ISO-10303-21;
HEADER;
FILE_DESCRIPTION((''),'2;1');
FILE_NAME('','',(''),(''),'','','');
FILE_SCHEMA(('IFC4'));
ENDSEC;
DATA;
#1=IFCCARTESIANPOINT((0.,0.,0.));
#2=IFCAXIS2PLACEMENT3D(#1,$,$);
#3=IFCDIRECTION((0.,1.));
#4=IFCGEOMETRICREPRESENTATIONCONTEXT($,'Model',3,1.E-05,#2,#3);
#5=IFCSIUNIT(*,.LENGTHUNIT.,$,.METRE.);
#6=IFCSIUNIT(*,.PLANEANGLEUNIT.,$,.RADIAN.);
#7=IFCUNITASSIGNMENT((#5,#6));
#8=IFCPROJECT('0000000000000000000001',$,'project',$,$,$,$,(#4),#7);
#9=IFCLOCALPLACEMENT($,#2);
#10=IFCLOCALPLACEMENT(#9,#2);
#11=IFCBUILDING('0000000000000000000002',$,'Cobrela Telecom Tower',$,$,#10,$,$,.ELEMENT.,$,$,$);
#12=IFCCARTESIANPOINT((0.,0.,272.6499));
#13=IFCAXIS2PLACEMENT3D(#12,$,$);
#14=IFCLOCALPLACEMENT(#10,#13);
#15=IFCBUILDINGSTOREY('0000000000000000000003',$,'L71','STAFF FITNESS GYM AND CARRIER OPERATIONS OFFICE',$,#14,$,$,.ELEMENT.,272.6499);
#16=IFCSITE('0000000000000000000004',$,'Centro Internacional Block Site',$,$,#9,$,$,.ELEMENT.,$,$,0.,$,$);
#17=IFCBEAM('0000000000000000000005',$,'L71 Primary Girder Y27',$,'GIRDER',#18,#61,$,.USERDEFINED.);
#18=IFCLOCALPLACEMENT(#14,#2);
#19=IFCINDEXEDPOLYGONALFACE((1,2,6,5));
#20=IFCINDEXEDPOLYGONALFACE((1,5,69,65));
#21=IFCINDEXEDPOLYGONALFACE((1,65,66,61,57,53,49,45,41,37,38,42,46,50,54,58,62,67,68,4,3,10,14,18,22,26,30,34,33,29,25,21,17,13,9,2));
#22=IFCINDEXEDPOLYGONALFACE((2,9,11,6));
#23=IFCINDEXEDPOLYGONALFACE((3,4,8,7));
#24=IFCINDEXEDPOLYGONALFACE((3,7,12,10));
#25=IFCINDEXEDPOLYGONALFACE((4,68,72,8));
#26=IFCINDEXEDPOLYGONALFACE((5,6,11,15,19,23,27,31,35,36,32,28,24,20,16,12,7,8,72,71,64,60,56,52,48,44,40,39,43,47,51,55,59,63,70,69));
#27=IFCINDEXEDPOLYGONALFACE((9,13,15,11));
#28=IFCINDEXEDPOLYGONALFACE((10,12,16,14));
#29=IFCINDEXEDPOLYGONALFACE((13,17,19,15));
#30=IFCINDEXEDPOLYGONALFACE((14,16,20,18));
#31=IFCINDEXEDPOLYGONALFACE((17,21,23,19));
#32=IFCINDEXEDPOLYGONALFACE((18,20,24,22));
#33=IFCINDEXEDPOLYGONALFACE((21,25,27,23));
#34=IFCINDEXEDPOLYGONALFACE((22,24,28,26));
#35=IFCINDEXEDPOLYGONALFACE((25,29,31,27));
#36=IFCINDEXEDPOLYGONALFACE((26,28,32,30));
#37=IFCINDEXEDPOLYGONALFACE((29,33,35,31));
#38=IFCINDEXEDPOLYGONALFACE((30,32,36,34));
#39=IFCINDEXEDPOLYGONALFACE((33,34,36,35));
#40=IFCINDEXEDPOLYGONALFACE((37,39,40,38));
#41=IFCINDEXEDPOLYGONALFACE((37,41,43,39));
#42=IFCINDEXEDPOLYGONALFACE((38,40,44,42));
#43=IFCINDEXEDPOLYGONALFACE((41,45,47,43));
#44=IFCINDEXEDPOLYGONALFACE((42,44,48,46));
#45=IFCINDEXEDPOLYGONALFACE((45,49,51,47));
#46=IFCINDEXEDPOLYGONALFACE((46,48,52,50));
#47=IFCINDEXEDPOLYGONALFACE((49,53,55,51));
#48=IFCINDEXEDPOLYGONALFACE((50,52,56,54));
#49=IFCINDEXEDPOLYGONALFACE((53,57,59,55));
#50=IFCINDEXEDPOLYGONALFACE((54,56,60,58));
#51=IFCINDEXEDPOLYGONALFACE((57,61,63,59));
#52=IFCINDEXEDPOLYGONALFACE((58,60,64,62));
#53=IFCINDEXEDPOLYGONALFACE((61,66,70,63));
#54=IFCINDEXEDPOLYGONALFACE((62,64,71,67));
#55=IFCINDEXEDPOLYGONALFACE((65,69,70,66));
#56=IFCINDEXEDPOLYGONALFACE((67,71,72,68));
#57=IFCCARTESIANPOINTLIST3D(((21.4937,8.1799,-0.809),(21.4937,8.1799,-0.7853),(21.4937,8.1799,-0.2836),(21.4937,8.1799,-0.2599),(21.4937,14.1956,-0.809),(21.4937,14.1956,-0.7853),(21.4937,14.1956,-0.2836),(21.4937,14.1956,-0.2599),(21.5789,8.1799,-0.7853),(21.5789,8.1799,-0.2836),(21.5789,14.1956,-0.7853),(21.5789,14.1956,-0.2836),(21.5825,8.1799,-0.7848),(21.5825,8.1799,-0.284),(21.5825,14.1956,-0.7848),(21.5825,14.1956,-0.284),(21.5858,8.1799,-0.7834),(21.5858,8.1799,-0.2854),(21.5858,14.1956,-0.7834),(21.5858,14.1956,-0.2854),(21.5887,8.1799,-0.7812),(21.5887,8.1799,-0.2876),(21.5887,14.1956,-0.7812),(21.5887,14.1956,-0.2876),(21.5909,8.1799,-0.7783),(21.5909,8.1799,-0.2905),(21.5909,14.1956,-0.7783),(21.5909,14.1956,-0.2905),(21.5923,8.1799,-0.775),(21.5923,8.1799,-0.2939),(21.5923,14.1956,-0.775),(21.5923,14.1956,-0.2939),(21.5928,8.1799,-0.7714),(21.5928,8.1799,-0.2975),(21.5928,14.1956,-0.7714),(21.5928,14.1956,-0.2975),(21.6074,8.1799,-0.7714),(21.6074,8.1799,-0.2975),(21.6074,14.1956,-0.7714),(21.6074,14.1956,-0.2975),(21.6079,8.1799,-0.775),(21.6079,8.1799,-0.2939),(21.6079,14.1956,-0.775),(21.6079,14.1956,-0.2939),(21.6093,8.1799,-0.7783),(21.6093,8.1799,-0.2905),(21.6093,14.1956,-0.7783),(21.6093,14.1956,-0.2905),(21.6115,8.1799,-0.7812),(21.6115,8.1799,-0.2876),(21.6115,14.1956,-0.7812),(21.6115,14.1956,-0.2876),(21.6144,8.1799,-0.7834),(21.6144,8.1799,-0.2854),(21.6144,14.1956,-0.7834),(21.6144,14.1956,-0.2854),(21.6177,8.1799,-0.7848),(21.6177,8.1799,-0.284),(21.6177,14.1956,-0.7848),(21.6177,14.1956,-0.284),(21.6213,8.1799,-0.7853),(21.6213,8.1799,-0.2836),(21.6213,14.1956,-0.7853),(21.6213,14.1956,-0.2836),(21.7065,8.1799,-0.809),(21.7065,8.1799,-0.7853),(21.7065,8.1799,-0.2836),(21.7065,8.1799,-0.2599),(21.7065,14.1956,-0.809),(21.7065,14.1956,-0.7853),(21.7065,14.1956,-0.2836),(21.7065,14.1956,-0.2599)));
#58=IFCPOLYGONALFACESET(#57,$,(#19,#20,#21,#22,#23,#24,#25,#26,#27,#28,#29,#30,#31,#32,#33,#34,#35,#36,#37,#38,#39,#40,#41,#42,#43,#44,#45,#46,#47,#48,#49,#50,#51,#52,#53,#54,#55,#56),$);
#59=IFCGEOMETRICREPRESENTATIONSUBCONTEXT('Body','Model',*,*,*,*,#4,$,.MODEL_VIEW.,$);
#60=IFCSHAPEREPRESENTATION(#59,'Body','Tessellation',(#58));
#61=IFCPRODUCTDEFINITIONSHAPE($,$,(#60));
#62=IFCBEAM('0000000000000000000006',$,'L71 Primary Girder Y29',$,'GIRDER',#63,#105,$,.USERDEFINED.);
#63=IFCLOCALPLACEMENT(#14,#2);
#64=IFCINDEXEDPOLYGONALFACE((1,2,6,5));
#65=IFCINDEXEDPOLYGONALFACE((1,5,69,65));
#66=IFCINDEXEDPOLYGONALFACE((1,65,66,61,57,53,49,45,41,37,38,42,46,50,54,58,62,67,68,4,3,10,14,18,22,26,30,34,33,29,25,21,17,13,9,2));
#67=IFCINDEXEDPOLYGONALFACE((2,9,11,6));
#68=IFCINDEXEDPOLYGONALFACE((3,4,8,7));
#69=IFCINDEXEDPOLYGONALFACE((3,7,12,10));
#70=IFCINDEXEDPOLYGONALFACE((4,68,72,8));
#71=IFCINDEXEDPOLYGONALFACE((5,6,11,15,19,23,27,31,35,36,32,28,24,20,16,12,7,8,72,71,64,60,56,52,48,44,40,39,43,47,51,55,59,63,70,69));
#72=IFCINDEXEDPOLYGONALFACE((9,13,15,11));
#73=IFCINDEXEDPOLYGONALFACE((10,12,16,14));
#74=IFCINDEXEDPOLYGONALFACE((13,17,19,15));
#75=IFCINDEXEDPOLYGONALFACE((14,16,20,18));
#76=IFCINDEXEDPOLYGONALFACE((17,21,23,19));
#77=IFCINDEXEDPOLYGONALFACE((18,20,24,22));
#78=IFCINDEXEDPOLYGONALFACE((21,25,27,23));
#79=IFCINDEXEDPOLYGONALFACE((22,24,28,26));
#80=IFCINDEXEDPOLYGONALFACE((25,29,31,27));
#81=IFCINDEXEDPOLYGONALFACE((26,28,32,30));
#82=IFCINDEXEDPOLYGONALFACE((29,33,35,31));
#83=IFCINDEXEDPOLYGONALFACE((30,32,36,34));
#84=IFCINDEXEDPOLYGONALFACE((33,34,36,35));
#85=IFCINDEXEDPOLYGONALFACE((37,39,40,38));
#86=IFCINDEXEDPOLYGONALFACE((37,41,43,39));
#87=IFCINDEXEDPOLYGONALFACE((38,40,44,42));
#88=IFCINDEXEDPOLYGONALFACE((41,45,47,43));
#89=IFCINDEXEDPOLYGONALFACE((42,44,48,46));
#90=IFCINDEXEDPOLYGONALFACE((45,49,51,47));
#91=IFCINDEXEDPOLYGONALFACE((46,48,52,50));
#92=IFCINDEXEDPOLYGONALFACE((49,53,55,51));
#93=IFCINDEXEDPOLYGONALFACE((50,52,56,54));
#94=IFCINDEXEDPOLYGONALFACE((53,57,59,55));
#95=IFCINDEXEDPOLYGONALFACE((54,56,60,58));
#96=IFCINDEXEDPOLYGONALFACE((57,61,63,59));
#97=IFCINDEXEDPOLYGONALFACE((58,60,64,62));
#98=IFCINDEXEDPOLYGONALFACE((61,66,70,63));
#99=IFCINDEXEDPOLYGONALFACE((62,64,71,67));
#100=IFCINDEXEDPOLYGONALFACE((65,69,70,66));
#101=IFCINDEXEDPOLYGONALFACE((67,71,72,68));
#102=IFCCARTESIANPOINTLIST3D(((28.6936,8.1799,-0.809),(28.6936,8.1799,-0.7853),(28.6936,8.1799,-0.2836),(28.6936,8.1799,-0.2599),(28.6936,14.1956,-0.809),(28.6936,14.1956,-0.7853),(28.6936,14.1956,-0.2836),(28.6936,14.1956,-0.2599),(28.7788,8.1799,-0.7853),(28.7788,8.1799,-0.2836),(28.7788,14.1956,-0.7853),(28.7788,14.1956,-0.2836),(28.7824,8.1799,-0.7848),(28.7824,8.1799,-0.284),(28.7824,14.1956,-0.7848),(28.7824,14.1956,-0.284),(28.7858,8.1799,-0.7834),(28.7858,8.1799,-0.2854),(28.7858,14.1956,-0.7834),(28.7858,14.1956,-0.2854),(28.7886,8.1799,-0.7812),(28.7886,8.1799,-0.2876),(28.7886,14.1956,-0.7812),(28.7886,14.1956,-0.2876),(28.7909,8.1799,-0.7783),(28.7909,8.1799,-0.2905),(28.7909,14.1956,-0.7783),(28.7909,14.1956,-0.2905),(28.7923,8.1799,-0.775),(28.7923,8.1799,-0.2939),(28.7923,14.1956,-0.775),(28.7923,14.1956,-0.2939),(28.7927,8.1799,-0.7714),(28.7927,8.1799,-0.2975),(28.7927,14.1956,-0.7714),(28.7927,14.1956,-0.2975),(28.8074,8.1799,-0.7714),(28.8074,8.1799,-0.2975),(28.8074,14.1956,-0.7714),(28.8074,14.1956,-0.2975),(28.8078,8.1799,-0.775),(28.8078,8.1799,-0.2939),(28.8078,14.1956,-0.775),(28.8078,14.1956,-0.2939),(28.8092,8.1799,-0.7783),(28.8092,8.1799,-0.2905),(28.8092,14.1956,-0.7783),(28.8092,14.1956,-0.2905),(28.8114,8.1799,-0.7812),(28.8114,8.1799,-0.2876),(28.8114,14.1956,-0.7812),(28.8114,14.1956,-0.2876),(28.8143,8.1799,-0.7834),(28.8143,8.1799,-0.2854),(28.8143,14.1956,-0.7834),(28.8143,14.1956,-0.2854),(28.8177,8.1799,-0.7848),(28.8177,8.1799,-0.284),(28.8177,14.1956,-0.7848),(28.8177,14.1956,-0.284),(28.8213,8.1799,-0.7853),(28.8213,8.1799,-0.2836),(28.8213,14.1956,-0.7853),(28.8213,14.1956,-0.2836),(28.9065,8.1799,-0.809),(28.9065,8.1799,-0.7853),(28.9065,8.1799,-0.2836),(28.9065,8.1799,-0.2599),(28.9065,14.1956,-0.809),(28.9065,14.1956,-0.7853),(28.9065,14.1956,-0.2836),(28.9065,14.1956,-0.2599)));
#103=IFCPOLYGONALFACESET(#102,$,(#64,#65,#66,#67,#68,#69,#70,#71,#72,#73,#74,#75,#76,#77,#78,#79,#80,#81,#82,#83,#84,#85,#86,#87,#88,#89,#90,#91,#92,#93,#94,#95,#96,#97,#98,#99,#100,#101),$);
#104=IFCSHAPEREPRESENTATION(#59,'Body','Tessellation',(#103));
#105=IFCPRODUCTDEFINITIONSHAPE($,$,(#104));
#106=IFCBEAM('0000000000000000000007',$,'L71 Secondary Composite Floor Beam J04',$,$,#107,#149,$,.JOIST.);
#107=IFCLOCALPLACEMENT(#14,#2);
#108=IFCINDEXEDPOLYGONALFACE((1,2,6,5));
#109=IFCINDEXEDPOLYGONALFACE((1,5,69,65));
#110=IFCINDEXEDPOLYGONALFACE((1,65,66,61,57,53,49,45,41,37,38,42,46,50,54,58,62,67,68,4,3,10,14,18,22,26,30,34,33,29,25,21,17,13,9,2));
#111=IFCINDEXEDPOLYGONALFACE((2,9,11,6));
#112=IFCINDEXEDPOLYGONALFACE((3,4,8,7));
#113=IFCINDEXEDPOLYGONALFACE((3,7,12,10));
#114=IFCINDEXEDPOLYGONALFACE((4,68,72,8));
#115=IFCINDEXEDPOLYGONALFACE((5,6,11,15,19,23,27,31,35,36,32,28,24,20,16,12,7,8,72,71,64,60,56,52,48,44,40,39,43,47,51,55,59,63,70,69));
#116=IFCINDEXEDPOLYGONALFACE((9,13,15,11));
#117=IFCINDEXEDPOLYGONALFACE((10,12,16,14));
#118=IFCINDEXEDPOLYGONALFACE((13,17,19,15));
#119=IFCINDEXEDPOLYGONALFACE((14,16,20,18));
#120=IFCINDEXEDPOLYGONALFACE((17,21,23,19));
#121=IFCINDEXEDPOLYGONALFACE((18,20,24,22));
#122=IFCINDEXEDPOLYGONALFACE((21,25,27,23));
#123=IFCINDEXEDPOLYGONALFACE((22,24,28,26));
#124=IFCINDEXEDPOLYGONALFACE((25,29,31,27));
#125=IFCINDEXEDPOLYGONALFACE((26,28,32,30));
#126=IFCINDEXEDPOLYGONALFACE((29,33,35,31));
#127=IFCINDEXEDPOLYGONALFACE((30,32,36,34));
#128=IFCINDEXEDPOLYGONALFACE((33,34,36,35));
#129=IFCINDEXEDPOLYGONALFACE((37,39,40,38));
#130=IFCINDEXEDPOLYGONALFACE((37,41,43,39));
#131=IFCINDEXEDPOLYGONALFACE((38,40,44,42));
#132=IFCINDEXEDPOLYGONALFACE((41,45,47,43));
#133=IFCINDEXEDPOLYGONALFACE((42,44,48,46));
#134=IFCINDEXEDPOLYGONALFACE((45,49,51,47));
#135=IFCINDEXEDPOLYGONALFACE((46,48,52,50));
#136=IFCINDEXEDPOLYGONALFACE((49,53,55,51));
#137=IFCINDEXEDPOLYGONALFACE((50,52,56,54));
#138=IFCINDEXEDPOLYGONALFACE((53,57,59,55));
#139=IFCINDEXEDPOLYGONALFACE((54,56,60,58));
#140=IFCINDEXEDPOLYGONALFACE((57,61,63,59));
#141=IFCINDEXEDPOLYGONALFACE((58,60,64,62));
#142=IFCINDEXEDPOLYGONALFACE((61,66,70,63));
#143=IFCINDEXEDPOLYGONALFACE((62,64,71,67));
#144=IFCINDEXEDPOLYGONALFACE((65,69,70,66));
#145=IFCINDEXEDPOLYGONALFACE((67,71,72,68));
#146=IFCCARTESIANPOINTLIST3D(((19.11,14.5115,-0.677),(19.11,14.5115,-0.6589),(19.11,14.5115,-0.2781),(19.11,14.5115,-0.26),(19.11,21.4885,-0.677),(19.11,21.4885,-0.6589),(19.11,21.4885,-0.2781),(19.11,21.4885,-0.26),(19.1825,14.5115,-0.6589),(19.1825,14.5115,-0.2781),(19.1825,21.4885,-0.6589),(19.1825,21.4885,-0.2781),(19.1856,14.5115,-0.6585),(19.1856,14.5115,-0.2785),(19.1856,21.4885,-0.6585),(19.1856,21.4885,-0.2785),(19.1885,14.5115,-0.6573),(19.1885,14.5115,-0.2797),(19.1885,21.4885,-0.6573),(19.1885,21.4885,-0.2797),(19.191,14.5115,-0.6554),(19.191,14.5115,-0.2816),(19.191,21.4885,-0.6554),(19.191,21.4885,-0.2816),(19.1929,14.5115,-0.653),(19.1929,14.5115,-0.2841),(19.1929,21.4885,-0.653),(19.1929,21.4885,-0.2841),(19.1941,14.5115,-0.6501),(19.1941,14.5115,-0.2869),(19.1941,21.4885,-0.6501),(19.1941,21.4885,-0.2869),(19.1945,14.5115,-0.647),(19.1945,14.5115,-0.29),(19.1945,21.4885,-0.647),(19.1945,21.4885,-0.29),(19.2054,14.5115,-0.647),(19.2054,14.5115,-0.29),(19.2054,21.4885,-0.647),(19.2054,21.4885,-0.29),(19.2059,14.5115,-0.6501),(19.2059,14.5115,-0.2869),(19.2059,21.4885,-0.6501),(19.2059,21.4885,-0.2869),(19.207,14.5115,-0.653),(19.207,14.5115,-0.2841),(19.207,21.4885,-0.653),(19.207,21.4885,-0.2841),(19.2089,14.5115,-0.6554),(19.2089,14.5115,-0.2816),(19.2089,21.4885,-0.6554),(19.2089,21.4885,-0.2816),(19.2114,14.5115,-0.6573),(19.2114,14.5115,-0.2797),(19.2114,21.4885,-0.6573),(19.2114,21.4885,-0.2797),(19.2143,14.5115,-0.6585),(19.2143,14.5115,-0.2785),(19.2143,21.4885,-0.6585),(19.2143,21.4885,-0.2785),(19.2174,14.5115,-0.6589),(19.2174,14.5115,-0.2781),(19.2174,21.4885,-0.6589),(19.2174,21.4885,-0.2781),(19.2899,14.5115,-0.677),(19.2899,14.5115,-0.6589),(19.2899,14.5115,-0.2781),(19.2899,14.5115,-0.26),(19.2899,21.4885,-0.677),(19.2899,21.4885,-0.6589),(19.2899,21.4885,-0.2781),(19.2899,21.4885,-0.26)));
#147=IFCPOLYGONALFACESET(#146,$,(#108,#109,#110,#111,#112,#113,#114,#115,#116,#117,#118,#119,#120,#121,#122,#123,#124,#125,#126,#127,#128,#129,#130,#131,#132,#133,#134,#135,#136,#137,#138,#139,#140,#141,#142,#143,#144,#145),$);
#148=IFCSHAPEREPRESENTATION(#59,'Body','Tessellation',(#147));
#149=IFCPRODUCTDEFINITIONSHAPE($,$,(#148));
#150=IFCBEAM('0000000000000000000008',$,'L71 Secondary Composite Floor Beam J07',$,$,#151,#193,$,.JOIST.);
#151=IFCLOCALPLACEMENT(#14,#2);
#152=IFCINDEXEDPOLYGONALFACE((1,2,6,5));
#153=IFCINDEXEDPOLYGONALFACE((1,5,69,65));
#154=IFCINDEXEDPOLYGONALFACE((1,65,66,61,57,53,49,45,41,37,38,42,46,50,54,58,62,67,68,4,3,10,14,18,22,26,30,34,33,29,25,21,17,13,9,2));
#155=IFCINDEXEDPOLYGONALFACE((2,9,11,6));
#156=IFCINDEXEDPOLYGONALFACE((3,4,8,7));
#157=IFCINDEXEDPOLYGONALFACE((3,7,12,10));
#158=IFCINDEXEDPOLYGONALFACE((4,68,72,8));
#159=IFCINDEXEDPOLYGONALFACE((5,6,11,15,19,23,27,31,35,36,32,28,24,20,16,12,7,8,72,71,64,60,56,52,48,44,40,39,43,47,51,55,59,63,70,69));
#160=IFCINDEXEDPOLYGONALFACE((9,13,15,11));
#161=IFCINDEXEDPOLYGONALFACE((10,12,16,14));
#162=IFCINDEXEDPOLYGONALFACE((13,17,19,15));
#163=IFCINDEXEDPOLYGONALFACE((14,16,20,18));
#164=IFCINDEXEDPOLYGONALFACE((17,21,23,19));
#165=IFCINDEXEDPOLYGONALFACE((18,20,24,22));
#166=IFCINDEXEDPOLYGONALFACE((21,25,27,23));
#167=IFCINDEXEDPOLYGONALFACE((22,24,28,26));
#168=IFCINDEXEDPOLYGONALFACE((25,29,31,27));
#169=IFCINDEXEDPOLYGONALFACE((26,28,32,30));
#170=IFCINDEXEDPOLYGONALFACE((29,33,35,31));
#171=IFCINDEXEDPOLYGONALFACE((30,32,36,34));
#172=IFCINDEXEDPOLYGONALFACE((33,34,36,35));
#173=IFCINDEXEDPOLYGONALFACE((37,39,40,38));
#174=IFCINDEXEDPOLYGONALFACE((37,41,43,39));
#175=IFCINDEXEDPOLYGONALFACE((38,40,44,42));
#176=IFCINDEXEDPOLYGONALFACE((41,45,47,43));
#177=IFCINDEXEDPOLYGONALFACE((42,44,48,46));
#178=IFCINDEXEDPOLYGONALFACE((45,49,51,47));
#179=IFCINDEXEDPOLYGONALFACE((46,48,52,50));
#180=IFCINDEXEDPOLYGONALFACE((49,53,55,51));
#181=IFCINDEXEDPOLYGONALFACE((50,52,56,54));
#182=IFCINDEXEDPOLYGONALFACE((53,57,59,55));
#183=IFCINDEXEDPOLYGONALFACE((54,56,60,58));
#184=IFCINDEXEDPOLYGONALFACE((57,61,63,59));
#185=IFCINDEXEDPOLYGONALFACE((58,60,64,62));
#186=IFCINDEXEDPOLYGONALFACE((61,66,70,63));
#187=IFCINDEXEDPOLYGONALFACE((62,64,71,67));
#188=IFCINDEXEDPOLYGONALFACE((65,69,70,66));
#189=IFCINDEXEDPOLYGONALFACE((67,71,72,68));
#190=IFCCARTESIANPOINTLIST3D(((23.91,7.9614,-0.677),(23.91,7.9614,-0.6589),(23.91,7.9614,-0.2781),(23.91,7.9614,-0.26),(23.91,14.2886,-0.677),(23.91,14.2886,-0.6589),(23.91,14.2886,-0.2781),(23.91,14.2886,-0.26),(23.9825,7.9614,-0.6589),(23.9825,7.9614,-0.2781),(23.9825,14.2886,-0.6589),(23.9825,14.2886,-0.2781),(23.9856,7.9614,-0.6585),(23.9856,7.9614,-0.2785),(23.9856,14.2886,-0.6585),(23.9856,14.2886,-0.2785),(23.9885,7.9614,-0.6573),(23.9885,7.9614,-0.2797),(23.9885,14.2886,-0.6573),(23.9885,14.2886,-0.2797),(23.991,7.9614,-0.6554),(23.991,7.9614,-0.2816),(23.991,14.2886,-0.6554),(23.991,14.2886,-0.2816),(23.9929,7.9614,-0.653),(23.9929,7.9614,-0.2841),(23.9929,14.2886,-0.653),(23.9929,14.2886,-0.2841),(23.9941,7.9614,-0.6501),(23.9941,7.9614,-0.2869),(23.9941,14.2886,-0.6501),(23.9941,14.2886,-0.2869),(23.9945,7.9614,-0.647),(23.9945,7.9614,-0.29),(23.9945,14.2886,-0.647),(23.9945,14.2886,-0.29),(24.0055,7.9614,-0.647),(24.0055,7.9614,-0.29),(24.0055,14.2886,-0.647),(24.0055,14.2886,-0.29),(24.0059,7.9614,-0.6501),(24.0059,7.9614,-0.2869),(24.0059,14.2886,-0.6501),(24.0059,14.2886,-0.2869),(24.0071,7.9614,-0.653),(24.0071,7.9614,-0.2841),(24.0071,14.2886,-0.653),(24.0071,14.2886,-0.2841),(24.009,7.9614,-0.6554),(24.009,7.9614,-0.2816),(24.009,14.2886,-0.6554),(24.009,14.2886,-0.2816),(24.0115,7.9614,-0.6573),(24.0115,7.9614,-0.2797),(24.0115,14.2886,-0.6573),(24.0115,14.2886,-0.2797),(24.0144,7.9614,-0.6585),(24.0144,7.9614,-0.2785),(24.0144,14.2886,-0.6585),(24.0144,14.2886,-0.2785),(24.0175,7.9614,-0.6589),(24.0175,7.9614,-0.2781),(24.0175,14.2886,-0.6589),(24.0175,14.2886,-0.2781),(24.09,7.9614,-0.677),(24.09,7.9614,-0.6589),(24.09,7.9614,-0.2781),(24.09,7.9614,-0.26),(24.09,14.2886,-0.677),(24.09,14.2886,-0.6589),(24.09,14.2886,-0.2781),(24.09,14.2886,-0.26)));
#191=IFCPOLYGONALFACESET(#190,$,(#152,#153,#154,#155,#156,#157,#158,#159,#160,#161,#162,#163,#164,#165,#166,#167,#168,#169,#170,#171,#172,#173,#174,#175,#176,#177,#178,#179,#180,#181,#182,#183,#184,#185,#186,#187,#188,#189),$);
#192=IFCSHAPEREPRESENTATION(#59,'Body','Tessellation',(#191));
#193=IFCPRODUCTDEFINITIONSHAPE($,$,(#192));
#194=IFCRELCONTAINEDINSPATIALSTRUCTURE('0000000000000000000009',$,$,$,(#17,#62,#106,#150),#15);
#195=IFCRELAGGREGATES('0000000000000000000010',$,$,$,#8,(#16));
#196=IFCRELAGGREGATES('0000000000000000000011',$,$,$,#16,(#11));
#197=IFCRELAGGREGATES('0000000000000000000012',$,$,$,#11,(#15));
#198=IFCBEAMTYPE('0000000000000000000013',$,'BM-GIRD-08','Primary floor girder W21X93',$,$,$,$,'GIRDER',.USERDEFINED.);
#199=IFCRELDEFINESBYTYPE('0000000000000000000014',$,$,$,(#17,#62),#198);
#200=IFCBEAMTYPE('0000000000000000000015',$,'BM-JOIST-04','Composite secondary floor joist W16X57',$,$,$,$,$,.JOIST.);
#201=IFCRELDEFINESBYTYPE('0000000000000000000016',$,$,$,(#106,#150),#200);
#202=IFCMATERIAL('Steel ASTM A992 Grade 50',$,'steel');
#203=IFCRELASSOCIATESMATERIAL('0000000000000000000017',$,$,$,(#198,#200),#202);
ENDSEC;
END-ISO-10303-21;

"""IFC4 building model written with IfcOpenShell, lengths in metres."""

from ifc_helpers import new_model, si_unit, direction, frame, origin, origin_2d, place, context, subcontext, project, spatial, i_section, extrude, material, material_profile, profile_set, type_object, element, save


model = new_model("IFC4")

# Units and contexts
model_context = context("Model", 3, precision=1e-05, world=origin(), true_north=direction((0.0, 1.0)))
body_context = subcontext(model_context, "Body", "Model", "MODEL_VIEW")
ifc_project = project(units=[si_unit("LENGTHUNIT", "METRE"), si_unit("PLANEANGLEUNIT", "RADIAN")], contexts=[model_context])

# Site, building, storey
site_placement = place(None, origin())
site = spatial("IfcSite", under=ifc_project, at=site_placement, Name="Centro Internacional Block Site", CompositionType="ELEMENT", RefElevation=0.0)
building_placement = place(site_placement, origin())
building = spatial("IfcBuilding", under=site, at=building_placement, Name="Cobrela Telecom Tower", CompositionType="ELEMENT")
storey_placement = place(building_placement, frame((0.0, 0.0, 272.6499)))
storey = spatial("IfcBuildingStorey", under=building, at=storey_placement, Name="L71", Description="STAFF FITNESS GYM AND CARRIER OPERATIONS OFFICE", CompositionType="ELEMENT", Elevation=272.6499)

# Shared definitions
ifc_material_1 = material(Name="Steel ASTM A992 Grade 50", Category="steel")

# Beams
ifc_material_profile_1 = material_profile(ifc_material_1, i_section(OverallWidth=0.2129, OverallDepth=0.5491, WebThickness=0.0146, FlangeThickness=0.0237, FilletRadius=0.0139, at=origin_2d()), Name="W21X93")
ifc_profile_set_1 = profile_set([ifc_material_profile_1], Name="Steel ASTM A992 Grade 50")
beam_type_1 = type_object("IfcBeamType", Name="BM-GIRD-08", Description="Primary floor girder W21X93", ElementType="GIRDER", PredefinedType="USERDEFINED", material=ifc_profile_set_1)
for number, where, z_axis, x_axis, name in (
    (1, (21.6001, 8.1799, -0.5344), (0.0, 1.0, 0.0), (-1.0, 0.0, 0.0), "L71 Primary Girder Y27"),
    (2, (28.8, 8.1799, -0.5344), (0.0, 1.0, 0.0), (-1.0, 0.0, 0.0), "L71 Primary Girder Y29"),
):
    element("IfcBeam", number, at=place(storey_placement, frame(where, z_axis=z_axis, x_axis=x_axis)), inside=storey, type_object=beam_type_1, Name=name, ObjectType="GIRDER", PredefinedType="USERDEFINED", context=body_context, shape_type="SweptSolid", body=[
        extrude(i_section(OverallWidth=0.2129, OverallDepth=0.5491, WebThickness=0.0146, FlangeThickness=0.0237, FilletRadius=0.0139, at=origin_2d()), origin(), (0.0, 0.0, 1.0), 6.0156),
    ])
ifc_material_profile_2 = material_profile(ifc_material_1, i_section(OverallWidth=0.1799, OverallDepth=0.417, WebThickness=0.011, FlangeThickness=0.0181, FilletRadius=0.012, at=origin_2d()), Name="W16X57")
ifc_profile_set_2 = profile_set([ifc_material_profile_2], Name="Steel ASTM A992 Grade 50")
beam_type_2 = type_object("IfcBeamType", Name="BM-JOIST-04", Description="Composite secondary floor joist W16X57", PredefinedType="JOIST", material=ifc_profile_set_2)
beam_1_placement = place(storey_placement, frame((19.2, 14.5115, -0.4685), z_axis=(0.0, 1.0, 0.0), x_axis=(-1.0, 0.0, 0.0)))
element("IfcBeam", 3, at=beam_1_placement, inside=storey, type_object=beam_type_2, Name="L71 Secondary Composite Floor Beam J04", PredefinedType="JOIST", context=body_context, shape_type="SweptSolid", body=[
    extrude(i_section(OverallWidth=0.1799, OverallDepth=0.417, WebThickness=0.011, FlangeThickness=0.0181, FilletRadius=0.012, at=origin_2d()), origin(), (0.0, 0.0, 1.0), 6.9771),
])
beam_2_placement = place(storey_placement, frame((24.0, 7.9614, -0.4685), z_axis=(0.0, 1.0, 0.0), x_axis=(-1.0, 0.0, 0.0)))
element("IfcBeam", 4, at=beam_2_placement, inside=storey, type_object=beam_type_2, Name="L71 Secondary Composite Floor Beam J07", PredefinedType="JOIST", context=body_context, shape_type="SweptSolid", body=[
    extrude(i_section(OverallWidth=0.1799, OverallDepth=0.417, WebThickness=0.011, FlangeThickness=0.0181, FilletRadius=0.012, at=origin_2d()), origin(), (0.0, 0.0, 1.0), 6.3271),
])

save(model, "model.ifc")
